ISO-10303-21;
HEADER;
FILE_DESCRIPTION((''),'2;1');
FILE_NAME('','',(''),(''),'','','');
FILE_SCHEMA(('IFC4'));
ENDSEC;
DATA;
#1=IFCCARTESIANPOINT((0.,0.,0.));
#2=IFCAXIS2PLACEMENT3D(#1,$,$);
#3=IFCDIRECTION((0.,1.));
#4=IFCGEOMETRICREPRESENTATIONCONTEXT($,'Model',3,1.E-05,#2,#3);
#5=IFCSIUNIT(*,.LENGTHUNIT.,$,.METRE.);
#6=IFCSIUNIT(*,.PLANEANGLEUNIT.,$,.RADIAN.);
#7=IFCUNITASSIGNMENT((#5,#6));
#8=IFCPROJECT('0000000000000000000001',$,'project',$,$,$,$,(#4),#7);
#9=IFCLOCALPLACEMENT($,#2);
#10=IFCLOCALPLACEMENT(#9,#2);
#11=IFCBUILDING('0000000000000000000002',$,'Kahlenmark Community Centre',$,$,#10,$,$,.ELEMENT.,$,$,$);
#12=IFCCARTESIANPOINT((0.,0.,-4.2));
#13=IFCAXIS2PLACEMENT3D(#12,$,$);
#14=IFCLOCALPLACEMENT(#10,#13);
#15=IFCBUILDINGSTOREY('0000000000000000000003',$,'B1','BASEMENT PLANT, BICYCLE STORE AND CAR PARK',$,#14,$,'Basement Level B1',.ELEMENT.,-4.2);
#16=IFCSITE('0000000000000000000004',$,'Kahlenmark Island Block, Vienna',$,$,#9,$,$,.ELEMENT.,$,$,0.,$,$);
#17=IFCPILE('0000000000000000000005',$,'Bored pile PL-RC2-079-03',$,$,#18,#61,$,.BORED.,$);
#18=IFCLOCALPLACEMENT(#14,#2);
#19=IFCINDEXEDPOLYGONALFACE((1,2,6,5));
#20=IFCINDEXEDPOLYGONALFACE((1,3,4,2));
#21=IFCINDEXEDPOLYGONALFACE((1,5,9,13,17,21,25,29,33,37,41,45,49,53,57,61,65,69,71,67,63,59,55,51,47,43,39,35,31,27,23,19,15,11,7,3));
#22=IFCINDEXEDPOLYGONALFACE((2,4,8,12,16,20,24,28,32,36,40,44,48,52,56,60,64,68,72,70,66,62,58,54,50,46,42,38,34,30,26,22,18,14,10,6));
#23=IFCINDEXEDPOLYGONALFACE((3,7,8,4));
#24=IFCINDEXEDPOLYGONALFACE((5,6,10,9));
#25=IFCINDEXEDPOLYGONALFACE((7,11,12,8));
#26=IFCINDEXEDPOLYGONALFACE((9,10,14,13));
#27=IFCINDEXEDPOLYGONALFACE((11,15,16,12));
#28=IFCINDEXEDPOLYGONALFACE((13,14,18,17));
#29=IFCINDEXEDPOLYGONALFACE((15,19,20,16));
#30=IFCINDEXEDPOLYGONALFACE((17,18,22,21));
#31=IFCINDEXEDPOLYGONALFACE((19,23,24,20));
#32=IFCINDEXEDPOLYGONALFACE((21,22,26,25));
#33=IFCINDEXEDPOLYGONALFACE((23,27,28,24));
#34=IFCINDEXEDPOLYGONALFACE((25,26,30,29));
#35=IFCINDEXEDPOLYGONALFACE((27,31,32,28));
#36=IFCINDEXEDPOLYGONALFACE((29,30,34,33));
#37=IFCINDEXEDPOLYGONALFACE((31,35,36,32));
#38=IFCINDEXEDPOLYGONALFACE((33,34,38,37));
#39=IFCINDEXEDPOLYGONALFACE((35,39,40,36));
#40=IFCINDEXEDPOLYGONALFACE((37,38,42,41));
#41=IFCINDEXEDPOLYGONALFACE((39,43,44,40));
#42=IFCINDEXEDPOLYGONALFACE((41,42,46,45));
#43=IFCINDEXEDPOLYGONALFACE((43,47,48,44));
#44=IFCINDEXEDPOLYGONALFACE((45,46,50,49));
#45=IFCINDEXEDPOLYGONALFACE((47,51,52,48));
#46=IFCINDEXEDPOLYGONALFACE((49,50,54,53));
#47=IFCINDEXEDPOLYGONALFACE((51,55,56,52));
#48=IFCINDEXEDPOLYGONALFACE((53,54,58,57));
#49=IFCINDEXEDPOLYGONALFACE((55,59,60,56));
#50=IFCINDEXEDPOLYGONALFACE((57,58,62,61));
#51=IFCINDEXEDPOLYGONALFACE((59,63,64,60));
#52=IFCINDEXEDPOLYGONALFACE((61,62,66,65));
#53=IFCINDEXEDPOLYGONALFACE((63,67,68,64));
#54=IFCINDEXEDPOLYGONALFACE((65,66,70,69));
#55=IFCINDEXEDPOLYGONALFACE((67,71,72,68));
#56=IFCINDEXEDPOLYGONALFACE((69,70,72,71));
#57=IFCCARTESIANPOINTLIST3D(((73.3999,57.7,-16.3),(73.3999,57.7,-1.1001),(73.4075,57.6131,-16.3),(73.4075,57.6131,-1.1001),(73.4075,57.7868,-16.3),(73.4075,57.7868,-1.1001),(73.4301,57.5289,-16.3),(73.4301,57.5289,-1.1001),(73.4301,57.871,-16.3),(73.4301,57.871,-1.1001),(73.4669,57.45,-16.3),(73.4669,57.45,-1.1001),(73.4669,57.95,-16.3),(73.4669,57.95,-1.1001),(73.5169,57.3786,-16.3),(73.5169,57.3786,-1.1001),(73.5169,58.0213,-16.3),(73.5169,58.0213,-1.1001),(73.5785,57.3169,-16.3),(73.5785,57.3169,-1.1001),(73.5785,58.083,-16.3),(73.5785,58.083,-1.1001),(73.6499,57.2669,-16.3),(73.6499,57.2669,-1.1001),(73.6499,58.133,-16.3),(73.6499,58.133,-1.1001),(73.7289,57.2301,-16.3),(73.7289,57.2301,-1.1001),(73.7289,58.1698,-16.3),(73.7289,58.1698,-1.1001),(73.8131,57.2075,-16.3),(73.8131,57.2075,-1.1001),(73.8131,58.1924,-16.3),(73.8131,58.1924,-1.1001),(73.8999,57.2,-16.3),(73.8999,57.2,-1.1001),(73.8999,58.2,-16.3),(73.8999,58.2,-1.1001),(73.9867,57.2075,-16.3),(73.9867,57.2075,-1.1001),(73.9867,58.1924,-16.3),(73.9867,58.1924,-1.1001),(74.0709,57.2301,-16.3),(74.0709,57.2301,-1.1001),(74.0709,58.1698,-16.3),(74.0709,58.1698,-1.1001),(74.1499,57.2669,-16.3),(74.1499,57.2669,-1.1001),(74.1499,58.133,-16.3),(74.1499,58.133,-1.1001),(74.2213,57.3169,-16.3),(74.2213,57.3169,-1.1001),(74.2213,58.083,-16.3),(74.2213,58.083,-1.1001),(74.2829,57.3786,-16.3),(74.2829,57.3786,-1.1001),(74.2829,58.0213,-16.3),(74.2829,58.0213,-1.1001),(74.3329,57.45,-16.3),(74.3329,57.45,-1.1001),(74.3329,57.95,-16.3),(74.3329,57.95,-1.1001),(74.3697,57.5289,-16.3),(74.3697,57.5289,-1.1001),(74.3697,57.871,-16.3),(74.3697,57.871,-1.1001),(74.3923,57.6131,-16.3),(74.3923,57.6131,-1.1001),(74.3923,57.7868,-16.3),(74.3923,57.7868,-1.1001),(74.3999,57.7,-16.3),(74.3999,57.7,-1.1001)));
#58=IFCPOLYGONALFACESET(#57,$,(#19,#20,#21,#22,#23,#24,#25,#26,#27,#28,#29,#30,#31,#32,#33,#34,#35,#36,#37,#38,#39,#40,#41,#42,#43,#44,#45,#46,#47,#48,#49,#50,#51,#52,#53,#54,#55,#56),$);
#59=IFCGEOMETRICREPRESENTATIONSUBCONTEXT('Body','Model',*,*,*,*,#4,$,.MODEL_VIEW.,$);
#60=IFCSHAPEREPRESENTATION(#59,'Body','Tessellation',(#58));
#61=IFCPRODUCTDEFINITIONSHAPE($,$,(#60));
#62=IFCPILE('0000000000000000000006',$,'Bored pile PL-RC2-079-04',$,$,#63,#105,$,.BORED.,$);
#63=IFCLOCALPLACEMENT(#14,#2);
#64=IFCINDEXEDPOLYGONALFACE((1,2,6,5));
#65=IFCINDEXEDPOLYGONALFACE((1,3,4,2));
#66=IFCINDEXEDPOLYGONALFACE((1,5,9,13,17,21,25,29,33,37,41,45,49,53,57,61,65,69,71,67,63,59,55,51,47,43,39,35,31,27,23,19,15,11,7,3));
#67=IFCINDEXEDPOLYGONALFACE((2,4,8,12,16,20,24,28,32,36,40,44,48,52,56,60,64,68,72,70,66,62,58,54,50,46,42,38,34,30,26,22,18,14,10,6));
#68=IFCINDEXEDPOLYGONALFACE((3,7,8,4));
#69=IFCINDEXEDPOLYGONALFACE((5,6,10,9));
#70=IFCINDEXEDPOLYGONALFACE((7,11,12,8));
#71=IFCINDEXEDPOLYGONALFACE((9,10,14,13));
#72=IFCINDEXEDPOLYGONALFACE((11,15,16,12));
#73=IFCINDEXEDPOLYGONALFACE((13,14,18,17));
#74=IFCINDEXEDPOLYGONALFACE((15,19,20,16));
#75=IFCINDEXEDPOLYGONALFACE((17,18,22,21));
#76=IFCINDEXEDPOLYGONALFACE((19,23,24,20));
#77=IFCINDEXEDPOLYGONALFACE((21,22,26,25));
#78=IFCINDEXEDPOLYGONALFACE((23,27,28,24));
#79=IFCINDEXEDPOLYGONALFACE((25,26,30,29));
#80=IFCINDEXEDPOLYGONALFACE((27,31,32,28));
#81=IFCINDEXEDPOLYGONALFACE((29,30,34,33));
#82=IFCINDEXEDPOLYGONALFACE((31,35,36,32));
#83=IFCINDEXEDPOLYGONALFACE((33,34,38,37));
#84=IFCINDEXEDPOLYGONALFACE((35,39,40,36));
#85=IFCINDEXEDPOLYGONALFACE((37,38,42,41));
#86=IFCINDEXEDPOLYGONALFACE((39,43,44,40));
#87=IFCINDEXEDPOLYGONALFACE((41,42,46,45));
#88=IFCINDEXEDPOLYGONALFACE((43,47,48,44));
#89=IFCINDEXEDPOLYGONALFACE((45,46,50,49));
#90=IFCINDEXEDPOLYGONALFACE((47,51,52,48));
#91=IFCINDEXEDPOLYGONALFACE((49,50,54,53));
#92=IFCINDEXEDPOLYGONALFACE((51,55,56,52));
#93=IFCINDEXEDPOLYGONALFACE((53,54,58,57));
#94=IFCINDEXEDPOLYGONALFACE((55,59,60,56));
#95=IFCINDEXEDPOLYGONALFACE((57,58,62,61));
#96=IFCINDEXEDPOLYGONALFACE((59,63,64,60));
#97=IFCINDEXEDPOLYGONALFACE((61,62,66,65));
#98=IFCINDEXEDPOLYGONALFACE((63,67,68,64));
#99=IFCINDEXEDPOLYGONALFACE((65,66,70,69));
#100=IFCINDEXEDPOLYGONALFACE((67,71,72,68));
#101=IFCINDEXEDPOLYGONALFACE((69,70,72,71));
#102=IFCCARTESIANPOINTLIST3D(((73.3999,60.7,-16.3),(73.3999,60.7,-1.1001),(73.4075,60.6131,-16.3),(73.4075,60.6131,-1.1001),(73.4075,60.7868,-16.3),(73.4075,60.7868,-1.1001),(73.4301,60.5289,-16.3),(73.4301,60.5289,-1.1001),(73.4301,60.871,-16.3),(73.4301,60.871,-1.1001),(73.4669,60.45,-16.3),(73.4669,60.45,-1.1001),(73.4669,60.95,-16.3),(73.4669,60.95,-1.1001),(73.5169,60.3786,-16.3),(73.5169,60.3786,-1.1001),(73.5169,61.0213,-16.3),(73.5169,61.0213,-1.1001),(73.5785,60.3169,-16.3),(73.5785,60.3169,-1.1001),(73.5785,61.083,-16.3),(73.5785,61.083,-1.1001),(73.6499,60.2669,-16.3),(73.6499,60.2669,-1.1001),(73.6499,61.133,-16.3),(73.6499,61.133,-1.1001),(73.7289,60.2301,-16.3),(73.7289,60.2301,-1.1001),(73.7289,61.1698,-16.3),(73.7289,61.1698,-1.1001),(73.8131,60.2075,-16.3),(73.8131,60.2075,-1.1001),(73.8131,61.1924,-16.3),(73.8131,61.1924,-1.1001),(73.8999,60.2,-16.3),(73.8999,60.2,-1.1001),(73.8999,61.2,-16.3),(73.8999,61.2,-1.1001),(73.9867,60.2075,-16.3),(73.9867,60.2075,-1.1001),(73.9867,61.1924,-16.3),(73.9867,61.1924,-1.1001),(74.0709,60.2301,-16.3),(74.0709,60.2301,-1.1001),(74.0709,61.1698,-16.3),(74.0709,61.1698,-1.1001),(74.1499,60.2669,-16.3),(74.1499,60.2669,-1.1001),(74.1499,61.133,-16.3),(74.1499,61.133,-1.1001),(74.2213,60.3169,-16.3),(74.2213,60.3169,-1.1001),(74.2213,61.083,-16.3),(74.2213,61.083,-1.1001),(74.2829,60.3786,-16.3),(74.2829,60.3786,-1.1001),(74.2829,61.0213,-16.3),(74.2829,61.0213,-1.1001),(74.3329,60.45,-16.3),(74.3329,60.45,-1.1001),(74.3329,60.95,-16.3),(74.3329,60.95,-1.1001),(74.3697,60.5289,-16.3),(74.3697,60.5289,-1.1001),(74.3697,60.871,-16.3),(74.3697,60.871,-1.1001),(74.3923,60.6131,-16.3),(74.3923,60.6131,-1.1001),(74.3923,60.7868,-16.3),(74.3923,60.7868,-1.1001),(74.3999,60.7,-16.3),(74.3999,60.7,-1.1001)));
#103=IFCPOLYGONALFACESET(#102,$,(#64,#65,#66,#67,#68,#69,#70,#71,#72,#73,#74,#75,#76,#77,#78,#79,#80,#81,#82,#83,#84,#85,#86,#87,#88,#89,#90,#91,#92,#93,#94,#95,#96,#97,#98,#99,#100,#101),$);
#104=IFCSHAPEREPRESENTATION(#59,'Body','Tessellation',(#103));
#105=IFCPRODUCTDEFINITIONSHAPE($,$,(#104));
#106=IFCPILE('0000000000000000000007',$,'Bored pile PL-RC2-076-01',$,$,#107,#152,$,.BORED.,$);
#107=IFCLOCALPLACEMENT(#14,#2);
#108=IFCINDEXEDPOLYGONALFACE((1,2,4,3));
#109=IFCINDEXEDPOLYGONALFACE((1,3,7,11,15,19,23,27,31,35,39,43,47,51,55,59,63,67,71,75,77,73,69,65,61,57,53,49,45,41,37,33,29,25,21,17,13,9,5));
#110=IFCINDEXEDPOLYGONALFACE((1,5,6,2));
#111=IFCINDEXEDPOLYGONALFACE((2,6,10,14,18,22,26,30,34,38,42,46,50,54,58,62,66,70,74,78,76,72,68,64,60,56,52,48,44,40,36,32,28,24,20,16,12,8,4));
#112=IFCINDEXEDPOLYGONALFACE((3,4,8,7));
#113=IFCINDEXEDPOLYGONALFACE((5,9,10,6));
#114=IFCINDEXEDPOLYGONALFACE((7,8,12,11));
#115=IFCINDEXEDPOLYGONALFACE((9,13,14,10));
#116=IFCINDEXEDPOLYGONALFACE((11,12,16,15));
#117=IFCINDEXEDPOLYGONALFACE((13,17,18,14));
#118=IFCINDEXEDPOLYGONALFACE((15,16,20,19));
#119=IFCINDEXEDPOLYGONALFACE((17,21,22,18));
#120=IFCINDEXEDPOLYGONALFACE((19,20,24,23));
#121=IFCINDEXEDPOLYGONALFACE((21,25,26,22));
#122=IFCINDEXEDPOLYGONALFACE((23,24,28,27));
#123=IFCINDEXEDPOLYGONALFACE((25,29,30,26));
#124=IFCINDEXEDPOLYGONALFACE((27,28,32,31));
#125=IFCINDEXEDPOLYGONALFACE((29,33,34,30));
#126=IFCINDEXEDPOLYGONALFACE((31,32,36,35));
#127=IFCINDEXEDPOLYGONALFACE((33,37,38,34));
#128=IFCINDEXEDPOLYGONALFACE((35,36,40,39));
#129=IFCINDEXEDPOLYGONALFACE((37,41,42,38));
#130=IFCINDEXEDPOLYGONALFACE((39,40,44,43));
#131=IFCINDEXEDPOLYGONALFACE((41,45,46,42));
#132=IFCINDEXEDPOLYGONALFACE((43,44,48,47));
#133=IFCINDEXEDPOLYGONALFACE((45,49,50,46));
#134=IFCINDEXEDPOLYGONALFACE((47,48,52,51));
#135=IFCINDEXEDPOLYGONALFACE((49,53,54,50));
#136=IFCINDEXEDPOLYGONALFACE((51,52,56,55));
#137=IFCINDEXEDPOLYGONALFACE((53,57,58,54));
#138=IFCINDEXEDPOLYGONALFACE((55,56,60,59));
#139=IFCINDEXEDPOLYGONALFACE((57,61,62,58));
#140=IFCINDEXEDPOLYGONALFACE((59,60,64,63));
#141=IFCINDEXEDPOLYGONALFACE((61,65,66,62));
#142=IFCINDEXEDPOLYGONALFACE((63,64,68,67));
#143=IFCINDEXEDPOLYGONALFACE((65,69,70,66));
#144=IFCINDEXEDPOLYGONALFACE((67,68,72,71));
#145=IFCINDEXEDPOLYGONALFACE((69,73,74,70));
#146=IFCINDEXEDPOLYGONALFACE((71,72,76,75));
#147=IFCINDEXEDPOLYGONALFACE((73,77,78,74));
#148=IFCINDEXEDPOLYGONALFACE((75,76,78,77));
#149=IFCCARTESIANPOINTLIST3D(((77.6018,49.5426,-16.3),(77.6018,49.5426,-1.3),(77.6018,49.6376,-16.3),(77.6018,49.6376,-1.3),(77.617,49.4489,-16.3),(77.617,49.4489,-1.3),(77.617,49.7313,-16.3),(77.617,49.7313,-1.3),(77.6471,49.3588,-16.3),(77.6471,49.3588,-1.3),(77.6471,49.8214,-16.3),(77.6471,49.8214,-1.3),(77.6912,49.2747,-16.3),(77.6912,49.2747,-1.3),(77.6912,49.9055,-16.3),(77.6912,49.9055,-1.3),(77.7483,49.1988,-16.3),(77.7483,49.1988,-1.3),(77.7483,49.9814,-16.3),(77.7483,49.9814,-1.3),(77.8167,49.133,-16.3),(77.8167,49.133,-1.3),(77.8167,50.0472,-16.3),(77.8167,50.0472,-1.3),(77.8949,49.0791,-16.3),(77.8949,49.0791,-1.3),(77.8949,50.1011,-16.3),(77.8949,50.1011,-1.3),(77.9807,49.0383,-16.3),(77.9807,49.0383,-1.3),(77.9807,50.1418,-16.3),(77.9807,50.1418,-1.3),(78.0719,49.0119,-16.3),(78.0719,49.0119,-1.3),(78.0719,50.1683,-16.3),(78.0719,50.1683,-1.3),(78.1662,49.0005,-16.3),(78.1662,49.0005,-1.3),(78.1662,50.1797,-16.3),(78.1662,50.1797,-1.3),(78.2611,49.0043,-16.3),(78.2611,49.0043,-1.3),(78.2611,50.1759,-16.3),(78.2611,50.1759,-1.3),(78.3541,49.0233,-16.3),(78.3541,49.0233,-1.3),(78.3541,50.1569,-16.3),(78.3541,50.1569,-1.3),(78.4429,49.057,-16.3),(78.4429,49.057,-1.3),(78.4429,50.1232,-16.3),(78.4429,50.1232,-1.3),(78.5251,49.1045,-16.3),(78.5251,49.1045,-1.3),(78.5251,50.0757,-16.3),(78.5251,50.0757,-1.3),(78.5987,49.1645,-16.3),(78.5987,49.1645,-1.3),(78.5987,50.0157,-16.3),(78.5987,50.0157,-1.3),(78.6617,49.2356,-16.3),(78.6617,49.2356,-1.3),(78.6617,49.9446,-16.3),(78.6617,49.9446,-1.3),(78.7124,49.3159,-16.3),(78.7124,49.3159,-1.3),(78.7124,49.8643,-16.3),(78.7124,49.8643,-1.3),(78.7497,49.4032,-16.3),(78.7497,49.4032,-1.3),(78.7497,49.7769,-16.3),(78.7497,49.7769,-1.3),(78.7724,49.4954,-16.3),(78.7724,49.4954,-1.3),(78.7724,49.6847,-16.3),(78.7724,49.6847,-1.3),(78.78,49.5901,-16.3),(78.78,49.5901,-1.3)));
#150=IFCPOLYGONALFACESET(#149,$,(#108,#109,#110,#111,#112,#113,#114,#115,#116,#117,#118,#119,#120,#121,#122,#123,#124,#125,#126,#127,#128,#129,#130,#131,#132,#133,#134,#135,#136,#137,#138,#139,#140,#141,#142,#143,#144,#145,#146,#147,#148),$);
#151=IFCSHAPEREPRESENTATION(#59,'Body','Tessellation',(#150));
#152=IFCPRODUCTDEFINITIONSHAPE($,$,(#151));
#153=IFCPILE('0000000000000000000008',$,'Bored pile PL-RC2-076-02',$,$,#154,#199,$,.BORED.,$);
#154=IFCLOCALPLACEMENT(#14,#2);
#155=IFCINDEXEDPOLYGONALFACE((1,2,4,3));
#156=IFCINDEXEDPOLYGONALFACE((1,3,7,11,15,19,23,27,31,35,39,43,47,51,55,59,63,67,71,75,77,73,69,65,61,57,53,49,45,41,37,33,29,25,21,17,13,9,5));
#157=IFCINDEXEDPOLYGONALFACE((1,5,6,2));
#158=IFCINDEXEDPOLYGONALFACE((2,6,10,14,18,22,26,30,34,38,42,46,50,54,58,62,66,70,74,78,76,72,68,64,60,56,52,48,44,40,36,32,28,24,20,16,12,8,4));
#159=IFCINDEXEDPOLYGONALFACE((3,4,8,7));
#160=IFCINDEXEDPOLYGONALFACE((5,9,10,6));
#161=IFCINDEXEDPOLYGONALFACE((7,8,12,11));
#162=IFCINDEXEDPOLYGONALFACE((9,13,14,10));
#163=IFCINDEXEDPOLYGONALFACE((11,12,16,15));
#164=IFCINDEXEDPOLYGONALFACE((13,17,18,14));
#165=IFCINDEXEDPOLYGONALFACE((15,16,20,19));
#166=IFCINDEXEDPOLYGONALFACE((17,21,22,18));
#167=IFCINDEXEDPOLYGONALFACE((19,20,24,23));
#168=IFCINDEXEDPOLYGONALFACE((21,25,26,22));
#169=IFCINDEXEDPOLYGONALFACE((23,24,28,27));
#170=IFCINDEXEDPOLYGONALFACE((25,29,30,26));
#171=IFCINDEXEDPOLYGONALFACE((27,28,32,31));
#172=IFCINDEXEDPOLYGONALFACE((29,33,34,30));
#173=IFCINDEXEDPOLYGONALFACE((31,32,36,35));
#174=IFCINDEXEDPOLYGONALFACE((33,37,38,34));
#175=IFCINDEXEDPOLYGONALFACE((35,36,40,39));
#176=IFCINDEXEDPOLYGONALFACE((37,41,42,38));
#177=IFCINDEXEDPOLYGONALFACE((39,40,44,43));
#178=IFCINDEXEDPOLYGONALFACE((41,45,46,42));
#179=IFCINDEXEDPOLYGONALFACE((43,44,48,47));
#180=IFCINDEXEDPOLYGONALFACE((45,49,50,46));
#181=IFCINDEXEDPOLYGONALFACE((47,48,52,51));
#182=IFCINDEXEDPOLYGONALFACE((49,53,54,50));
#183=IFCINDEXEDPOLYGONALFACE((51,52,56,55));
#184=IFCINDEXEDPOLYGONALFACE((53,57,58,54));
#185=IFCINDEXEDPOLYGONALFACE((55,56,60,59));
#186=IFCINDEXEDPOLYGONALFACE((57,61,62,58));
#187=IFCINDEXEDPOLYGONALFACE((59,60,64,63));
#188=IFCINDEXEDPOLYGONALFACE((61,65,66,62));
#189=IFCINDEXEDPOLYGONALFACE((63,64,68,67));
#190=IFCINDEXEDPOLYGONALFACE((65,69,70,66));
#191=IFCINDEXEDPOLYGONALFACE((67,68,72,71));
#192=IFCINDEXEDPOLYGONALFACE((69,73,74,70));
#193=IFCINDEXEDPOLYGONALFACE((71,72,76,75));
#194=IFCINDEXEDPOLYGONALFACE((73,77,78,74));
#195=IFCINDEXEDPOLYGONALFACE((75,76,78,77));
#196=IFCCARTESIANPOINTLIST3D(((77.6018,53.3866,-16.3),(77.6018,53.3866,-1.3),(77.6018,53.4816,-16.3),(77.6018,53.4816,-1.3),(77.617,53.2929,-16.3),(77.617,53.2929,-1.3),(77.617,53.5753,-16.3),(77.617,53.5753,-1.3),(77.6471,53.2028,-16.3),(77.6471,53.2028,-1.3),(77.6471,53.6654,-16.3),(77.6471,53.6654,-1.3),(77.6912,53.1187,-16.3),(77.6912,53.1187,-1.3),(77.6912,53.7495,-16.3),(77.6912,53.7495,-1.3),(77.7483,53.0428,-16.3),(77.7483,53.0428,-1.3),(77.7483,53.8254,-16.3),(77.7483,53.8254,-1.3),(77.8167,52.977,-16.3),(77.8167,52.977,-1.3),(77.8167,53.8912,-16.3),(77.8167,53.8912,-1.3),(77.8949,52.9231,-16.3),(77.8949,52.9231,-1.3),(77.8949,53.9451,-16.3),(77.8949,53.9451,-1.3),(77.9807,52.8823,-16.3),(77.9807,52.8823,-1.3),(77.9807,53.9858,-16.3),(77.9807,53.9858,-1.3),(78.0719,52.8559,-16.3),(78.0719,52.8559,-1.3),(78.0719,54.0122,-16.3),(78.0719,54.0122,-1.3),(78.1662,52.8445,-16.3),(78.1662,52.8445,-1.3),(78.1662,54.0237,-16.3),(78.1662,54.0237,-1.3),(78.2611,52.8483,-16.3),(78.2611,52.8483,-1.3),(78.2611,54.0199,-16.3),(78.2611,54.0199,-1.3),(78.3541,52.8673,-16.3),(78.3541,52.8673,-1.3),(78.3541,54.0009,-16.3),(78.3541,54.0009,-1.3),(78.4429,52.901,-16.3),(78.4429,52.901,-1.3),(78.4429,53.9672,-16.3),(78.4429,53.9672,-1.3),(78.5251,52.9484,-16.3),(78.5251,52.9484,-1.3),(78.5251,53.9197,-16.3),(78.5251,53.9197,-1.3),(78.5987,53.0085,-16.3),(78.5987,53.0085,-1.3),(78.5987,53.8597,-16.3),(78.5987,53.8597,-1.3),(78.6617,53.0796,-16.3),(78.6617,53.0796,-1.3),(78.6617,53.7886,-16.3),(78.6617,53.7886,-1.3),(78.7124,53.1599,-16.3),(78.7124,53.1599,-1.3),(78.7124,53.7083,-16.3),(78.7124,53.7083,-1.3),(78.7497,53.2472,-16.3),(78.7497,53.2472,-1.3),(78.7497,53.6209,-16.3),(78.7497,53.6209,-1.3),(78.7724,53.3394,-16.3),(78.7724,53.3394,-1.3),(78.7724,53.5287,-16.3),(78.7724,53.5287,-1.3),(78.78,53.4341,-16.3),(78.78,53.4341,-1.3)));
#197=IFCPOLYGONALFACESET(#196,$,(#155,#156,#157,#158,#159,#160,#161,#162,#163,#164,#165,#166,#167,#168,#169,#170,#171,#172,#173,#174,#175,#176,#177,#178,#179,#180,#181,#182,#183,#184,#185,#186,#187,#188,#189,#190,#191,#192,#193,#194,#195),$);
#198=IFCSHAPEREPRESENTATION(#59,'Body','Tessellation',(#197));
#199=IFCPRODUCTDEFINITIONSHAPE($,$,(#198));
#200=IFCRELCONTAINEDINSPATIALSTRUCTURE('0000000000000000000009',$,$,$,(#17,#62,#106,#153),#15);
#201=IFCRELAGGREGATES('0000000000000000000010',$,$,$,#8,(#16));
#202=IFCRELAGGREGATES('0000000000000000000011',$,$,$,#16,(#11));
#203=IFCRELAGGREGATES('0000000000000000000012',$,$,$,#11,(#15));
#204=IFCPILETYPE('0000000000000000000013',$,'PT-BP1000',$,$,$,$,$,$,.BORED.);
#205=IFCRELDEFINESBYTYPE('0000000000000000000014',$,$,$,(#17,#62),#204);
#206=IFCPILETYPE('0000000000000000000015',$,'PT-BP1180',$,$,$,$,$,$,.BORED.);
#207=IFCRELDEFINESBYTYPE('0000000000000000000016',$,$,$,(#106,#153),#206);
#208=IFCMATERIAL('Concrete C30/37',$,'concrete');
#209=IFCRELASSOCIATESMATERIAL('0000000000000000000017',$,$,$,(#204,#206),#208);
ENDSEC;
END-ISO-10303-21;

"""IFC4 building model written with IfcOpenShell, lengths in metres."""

from ifc_helpers import new_model, si_unit, direction, frame, origin, origin_2d, place, context, subcontext, project, spatial, circle, extrude, material, material_profile, profile_set, type_object, element, save


model = new_model("IFC4")

# Units and contexts
model_context = context("Model", 3, precision=1e-05, world=origin(), true_north=direction((0.0, 1.0)))
body_context = subcontext(model_context, "Body", "Model", "MODEL_VIEW")
ifc_project = project(units=[si_unit("LENGTHUNIT", "METRE"), si_unit("PLANEANGLEUNIT", "RADIAN")], contexts=[model_context])

# Site, building, storey
site_placement = place(None, origin())
site = spatial("IfcSite", under=ifc_project, at=site_placement, Name="Kahlenmark Island Block, Vienna", CompositionType="ELEMENT", RefElevation=0.0)
building_placement = place(site_placement, origin())
building = spatial("IfcBuilding", under=site, at=building_placement, Name="Kahlenmark Community Centre", CompositionType="ELEMENT")
storey_placement = place(building_placement, frame((0.0, 0.0, -4.2)))
storey = spatial("IfcBuildingStorey", under=building, at=storey_placement, Name="B1", Description="BASEMENT PLANT, BICYCLE STORE AND CAR PARK", LongName="Basement Level B1", CompositionType="ELEMENT", Elevation=-4.2)

# Shared definitions
ifc_material_1 = material(Name="Concrete C30/37", Category="concrete")

# Piles
ifc_material_profile_1 = material_profile(ifc_material_1, circle(Radius=0.5, at=origin_2d()), Name="BORED PILE 1000")
ifc_profile_set_1 = profile_set([ifc_material_profile_1], Name="Concrete C30/37")
pile_type_1 = type_object("IfcPileType", Name="PT-BP1000", PredefinedType="BORED", material=ifc_profile_set_1)
for number, where, z_axis, x_axis, name in (
    (1, (73.8999, 57.7, -1.1001), (0.0, 0.0, -1.0), (1.0, 0.0, 0.0), "Bored pile PL-RC2-079-03"),
    (2, (73.8999, 60.7, -1.1001), (0.0, 0.0, -1.0), (1.0, 0.0, 0.0), "Bored pile PL-RC2-079-04"),
):
    element("IfcPile", number, at=place(storey_placement, frame(where, z_axis=z_axis, x_axis=x_axis)), inside=storey, type_object=pile_type_1, Name=name, PredefinedType="BORED", context=body_context, shape_type="SweptSolid", body=[
        extrude(circle(Radius=0.5, at=origin_2d()), origin(), (0.0, 0.0, 1.0), 15.2),
    ])
ifc_material_profile_2 = material_profile(ifc_material_1, circle(Radius=0.5901, at=origin_2d()), Name="BORED PILE 1180")
ifc_profile_set_2 = profile_set([ifc_material_profile_2], Name="Concrete C30/37")
pile_type_2 = type_object("IfcPileType", Name="PT-BP1180", PredefinedType="BORED", material=ifc_profile_set_2)
for number, where, z_axis, x_axis, name in (
    (3, (78.1899, 49.5901, -1.3), (0.0, 0.0, -1.0), (1.0, 0.0, 0.0), "Bored pile PL-RC2-076-01"),
    (4, (78.1899, 53.4341, -1.3), (0.0, 0.0, -1.0), (1.0, 0.0, 0.0), "Bored pile PL-RC2-076-02"),
):
    element("IfcPile", number, at=place(storey_placement, frame(where, z_axis=z_axis, x_axis=x_axis)), inside=storey, type_object=pile_type_2, Name=name, PredefinedType="BORED", context=body_context, shape_type="SweptSolid", body=[
        extrude(circle(Radius=0.5901, at=origin_2d()), origin(), (0.0, 0.0, 1.0), 15.0),
    ])

save(model, "model.ifc")
